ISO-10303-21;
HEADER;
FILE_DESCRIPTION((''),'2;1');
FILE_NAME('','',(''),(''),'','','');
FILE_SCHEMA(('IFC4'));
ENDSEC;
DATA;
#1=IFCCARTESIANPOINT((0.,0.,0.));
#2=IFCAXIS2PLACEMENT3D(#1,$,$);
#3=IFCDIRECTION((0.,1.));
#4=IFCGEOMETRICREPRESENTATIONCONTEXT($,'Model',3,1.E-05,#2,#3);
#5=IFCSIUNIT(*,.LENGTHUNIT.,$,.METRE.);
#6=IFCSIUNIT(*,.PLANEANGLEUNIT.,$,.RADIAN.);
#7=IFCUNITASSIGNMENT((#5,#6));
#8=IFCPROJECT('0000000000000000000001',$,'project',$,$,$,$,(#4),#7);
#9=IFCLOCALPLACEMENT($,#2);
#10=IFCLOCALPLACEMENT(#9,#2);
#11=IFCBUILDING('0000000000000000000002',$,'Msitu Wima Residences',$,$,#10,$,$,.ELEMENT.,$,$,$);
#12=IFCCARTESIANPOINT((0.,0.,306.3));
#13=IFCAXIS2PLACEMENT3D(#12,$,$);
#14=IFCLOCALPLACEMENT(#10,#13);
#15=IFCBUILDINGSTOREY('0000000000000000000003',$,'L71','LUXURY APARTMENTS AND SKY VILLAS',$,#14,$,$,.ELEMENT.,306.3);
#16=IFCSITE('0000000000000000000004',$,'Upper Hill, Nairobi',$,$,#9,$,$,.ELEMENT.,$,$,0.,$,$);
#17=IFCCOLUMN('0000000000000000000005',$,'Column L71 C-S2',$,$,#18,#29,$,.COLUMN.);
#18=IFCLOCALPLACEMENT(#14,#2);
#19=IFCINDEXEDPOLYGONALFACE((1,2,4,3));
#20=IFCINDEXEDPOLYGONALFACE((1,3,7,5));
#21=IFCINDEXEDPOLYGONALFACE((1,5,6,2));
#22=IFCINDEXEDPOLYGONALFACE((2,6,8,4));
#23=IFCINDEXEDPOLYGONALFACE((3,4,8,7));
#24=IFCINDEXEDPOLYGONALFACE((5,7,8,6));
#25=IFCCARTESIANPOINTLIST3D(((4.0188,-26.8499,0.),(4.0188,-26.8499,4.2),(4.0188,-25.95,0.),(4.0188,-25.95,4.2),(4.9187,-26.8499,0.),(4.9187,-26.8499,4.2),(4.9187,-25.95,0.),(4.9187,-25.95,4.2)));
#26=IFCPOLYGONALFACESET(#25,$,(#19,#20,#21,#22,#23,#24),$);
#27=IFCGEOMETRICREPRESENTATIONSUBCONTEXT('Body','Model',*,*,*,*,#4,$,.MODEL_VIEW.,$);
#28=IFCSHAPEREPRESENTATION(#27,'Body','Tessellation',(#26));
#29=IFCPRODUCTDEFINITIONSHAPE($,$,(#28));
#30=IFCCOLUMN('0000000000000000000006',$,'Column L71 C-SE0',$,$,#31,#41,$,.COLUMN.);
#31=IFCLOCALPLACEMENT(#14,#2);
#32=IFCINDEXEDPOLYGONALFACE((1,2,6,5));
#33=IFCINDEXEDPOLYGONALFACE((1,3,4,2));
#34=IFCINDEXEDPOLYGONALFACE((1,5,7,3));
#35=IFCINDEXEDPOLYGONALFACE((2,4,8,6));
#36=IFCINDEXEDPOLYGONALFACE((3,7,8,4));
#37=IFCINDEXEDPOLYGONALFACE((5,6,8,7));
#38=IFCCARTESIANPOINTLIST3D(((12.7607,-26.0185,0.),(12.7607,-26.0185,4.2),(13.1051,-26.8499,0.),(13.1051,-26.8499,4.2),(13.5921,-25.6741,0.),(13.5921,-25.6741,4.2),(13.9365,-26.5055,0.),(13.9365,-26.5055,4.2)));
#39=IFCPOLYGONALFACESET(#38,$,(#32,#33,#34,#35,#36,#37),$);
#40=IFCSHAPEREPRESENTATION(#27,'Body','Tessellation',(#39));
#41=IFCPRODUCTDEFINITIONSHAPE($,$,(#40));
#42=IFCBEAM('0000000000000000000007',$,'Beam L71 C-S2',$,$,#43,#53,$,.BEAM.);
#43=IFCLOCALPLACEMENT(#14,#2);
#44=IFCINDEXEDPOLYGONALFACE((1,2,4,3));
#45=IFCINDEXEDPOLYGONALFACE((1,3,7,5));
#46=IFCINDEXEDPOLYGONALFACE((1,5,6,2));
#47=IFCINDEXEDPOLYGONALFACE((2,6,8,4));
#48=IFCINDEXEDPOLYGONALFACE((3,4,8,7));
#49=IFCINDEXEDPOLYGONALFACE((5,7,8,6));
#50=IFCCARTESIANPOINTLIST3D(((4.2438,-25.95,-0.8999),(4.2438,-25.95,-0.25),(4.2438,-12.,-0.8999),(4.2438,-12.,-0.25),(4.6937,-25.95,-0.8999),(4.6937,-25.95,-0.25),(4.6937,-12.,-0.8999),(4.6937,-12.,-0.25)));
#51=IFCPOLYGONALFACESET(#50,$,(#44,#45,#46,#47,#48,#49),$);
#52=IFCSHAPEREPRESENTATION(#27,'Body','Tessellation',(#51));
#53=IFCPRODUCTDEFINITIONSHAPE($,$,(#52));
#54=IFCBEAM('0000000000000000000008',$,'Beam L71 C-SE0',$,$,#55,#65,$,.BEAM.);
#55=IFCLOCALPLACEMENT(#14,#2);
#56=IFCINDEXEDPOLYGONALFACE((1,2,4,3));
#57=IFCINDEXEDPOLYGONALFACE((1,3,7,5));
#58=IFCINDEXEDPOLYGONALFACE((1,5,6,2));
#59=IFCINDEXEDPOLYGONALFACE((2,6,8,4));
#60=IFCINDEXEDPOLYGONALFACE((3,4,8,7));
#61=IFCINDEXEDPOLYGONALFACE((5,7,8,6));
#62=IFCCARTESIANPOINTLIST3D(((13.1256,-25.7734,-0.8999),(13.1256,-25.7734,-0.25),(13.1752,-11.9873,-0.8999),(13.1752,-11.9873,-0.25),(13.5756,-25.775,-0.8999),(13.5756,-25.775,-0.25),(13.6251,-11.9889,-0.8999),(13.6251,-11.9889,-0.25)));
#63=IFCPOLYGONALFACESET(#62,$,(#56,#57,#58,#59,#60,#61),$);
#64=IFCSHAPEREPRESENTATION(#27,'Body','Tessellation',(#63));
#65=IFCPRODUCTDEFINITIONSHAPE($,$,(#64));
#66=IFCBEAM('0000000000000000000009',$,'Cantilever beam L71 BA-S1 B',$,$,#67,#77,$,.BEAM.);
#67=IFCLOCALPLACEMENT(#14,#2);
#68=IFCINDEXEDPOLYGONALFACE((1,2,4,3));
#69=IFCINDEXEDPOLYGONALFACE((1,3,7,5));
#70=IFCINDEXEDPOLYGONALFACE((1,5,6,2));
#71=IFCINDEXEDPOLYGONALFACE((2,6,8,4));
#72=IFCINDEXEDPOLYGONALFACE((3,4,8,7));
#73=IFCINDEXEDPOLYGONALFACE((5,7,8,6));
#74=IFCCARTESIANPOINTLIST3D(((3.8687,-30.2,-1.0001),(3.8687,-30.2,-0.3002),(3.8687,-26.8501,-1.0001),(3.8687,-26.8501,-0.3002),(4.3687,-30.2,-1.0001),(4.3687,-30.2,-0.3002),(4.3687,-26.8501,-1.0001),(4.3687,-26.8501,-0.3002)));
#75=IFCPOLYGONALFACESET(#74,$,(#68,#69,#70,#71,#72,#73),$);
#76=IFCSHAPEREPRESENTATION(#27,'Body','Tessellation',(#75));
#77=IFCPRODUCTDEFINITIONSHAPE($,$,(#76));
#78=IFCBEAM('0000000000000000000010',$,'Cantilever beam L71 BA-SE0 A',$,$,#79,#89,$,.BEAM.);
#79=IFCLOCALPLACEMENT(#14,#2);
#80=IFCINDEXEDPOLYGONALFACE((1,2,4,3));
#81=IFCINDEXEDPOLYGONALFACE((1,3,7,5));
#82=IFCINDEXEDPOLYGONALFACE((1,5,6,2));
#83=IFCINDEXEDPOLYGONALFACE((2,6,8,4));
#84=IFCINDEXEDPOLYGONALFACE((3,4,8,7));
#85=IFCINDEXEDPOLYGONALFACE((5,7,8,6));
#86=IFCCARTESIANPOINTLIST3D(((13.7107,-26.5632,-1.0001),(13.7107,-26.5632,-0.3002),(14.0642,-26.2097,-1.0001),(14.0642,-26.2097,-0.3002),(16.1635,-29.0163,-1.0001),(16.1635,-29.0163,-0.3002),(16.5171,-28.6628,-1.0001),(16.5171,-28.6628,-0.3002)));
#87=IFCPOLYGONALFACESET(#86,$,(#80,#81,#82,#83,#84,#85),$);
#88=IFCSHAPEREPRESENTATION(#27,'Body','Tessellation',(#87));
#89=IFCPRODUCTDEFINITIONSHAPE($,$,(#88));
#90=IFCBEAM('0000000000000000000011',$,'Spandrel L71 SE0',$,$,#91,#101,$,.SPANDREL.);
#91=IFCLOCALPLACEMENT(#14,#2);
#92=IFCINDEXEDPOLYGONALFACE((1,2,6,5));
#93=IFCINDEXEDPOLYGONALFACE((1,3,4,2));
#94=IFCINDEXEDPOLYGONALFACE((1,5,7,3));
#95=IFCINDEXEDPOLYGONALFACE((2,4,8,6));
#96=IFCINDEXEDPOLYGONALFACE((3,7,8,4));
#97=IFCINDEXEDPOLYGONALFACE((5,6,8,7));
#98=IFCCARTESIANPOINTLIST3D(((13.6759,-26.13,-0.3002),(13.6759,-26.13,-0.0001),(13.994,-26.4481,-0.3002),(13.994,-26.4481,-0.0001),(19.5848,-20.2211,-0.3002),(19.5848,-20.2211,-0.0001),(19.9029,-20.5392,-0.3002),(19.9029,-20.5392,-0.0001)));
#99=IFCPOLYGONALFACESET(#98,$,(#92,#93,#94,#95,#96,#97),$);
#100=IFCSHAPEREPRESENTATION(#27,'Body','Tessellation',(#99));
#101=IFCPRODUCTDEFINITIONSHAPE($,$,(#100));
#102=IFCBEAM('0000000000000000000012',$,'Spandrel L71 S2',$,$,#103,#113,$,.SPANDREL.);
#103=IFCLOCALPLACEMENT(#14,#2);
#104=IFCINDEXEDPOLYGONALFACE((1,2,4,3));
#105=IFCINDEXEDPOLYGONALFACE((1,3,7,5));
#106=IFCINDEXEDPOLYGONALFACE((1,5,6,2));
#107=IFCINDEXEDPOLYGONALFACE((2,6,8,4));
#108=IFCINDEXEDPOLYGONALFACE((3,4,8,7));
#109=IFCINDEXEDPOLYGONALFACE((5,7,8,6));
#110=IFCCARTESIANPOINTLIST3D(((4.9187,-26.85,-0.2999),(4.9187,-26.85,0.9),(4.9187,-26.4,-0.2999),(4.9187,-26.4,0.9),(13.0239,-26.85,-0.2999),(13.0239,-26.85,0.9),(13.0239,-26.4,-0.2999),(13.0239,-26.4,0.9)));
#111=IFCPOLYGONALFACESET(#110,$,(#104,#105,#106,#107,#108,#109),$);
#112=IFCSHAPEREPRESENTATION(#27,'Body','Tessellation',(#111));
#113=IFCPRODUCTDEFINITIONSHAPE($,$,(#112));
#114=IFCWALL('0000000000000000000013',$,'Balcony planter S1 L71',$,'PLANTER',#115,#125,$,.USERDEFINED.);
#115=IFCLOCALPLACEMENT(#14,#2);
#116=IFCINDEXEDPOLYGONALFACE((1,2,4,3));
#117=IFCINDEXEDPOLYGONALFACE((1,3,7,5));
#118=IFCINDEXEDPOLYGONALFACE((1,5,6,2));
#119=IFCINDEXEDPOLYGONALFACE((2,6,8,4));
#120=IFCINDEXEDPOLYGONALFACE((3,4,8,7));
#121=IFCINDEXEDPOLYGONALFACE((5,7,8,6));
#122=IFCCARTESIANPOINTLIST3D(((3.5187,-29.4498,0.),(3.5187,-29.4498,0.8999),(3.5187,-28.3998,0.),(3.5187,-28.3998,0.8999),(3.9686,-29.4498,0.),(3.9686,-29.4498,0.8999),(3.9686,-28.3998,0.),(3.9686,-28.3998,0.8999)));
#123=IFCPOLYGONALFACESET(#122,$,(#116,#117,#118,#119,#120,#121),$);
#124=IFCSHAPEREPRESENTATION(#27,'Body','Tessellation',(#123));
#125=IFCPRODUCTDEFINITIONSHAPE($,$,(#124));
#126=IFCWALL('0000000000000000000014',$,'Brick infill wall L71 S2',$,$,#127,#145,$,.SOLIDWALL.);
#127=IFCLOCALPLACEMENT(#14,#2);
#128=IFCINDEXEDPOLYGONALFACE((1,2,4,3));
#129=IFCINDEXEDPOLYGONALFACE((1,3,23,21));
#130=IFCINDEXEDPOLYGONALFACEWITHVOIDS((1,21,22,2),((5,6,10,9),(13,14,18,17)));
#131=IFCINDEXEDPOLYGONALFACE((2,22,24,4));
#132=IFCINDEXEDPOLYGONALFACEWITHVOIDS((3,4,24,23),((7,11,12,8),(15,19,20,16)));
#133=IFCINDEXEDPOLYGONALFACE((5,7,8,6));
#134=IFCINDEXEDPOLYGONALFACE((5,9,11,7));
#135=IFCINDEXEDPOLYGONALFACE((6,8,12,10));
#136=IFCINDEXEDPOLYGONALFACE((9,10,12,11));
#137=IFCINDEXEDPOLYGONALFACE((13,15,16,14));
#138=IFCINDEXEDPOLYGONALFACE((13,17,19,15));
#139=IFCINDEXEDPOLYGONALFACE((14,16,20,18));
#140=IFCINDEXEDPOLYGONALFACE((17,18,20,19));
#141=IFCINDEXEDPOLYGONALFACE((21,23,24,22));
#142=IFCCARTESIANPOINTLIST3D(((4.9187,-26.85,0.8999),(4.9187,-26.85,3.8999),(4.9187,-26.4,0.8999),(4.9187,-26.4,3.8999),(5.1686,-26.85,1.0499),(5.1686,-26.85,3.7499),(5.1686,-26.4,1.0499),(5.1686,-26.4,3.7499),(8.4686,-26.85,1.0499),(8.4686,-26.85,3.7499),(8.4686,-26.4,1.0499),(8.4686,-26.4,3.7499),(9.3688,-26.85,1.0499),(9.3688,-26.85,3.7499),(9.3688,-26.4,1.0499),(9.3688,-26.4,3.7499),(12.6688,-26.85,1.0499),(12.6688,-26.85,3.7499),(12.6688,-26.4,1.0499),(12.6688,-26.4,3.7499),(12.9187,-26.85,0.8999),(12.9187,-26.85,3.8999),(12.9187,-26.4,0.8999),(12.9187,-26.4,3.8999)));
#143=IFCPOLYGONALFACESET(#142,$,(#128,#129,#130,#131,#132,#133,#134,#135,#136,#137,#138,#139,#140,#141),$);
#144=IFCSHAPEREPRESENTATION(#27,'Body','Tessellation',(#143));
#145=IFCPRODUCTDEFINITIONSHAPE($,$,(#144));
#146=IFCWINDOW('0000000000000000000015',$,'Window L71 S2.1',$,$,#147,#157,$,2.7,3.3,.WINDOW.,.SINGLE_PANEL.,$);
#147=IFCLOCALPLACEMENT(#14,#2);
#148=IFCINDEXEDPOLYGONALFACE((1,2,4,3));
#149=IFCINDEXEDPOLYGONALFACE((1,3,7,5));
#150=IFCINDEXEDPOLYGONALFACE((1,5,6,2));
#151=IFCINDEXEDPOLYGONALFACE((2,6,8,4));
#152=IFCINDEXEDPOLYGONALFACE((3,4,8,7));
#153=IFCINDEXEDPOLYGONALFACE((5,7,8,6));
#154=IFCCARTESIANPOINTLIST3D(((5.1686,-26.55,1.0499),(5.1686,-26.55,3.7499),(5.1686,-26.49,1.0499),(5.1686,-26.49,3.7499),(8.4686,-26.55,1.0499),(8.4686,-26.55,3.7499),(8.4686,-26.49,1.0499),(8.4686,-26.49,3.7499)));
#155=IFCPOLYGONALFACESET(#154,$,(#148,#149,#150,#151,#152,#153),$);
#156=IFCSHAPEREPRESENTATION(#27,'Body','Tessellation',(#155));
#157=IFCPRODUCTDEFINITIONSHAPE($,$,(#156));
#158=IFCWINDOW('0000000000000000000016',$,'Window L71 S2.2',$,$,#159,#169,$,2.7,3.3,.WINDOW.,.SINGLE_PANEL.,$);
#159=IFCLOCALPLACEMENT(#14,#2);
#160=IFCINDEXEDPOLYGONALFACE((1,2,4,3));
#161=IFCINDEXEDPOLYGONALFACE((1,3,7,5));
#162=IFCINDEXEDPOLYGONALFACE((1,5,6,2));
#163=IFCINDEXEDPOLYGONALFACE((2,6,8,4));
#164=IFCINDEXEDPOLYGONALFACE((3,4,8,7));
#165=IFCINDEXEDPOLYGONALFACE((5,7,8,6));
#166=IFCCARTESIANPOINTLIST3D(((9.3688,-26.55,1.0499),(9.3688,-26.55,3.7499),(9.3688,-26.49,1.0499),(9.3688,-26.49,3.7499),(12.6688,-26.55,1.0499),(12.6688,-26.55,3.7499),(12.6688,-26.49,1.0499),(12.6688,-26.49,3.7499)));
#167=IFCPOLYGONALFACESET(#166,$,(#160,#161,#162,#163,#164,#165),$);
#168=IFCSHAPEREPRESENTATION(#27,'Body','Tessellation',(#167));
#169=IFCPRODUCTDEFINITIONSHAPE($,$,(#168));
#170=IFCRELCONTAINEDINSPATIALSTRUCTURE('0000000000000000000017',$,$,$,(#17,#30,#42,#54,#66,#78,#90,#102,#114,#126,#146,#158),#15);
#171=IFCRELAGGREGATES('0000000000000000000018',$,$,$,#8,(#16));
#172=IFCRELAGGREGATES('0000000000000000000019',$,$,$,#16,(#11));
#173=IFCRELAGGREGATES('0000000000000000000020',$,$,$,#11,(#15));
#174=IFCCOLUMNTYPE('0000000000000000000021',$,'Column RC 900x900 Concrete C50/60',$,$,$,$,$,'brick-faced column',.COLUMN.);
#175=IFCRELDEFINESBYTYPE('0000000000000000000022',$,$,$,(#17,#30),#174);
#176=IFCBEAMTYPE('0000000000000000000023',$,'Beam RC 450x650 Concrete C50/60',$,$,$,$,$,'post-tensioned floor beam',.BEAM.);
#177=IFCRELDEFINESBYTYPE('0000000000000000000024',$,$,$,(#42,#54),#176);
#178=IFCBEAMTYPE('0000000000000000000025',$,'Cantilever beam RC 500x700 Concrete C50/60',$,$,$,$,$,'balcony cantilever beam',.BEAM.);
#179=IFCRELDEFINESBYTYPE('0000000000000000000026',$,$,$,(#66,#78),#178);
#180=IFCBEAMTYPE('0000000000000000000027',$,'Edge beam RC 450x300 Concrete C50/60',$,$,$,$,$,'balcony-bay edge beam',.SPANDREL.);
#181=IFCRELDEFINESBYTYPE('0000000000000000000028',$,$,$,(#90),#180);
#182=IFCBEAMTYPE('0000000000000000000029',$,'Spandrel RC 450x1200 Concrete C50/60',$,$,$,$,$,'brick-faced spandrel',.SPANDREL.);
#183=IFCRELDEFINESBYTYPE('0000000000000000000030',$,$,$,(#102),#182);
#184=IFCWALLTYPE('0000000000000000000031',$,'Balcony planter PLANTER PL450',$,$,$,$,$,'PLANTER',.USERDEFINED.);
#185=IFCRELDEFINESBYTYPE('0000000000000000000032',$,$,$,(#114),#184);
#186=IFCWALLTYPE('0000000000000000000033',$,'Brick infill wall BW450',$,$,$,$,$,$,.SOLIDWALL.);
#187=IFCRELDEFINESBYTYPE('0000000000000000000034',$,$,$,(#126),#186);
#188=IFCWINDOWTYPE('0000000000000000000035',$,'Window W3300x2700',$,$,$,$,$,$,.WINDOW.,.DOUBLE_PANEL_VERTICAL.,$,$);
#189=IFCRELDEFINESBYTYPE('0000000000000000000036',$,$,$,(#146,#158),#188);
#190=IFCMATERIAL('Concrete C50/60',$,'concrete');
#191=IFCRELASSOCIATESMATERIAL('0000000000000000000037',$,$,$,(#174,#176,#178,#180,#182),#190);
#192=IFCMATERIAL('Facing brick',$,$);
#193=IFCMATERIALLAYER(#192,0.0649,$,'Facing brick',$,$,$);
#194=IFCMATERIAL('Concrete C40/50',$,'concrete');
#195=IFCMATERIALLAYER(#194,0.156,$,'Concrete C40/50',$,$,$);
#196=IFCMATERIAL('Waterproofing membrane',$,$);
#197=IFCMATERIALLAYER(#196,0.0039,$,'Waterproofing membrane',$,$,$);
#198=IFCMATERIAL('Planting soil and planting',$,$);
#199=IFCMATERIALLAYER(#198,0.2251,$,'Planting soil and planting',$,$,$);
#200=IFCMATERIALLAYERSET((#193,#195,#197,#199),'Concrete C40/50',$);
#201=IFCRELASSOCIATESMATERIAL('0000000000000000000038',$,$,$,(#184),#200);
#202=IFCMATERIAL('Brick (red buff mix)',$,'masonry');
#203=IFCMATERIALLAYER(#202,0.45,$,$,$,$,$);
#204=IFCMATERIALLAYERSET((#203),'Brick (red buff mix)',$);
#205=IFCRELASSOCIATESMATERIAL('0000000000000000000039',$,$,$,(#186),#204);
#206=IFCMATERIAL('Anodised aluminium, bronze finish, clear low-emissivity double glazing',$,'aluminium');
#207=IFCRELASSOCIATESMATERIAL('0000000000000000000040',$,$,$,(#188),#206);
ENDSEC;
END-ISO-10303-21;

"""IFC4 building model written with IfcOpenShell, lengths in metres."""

from ifc_helpers import new_model, si_unit, direction, frame, frame_2d, origin, origin_2d, place, context, subcontext, project, spatial, rectangle, extrude, material, layer, layer_set, material_profile, profile_set, type_object, element, fill, save


model = new_model("IFC4")

# Units and contexts
model_context = context("Model", 3, precision=1e-05, world=origin(), true_north=direction((0.0, 1.0)))
body_context = subcontext(model_context, "Body", "Model", "MODEL_VIEW")
ifc_project = project(units=[si_unit("LENGTHUNIT", "METRE"), si_unit("PLANEANGLEUNIT", "RADIAN")], contexts=[model_context])

# Site, building, storey
site_placement = place(None, origin())
site = spatial("IfcSite", under=ifc_project, at=site_placement, Name="Upper Hill, Nairobi", CompositionType="ELEMENT", RefElevation=0.0)
building_placement = place(site_placement, origin())
building = spatial("IfcBuilding", under=site, at=building_placement, Name="Msitu Wima Residences", CompositionType="ELEMENT")
storey_placement = place(building_placement, frame((0.0, 0.0, 306.3)))
storey = spatial("IfcBuildingStorey", under=building, at=storey_placement, Name="L71", Description="LUXURY APARTMENTS AND SKY VILLAS", CompositionType="ELEMENT", Elevation=306.3)

# Columns
ifc_material_1 = material(Name="Concrete C50/60", Category="concrete")
ifc_material_profile_1 = material_profile(ifc_material_1, rectangle(XDim=0.8999, YDim=0.8999, at=origin_2d()), Name="RC 900x900")
ifc_profile_set_1 = profile_set([ifc_material_profile_1], Name="Concrete C50/60")
column_type = type_object("IfcColumnType", Name="Column RC 900x900 Concrete C50/60", ElementType="brick-faced column", PredefinedType="COLUMN", material=ifc_profile_set_1)
for number, where, z_axis, x_axis, name in (
    (1, (4.4688, -26.3999, 0.0), (0.0, 0.0, 1.0), (1.0, 0.0, 0.0), "Column L71 C-S2"),
    (2, (13.3486, -26.262, 0.0), (0.0, 0.0, 1.0), (0.92388, 0.382683, 0.0), "Column L71 C-SE0"),
):
    element("IfcColumn", number, at=place(storey_placement, frame(where, z_axis=z_axis, x_axis=x_axis)), inside=storey, type_object=column_type, Name=name, PredefinedType="COLUMN", context=body_context, shape_type="SweptSolid", body=[
        extrude(rectangle(XDim=0.8999, YDim=0.8999, at=origin_2d()), origin(), (0.0, 0.0, 1.0), 4.2),
    ])

# Beams
ifc_material_profile_2 = material_profile(ifc_material_1, rectangle(XDim=0.45, YDim=0.6499, at=origin_2d()), Name="RC 450x650")
ifc_profile_set_2 = profile_set([ifc_material_profile_2], Name="Concrete C50/60")
beam_type_1 = type_object("IfcBeamType", Name="Beam RC 450x650 Concrete C50/60", ElementType="post-tensioned floor beam", PredefinedType="BEAM", material=ifc_profile_set_2)
beam_1_placement = place(storey_placement, frame((4.4688, -25.95, -0.575), z_axis=(0.0, 1.0, 0.0), x_axis=(-1.0, 0.0, 0.0)))
element("IfcBeam", 3, at=beam_1_placement, inside=storey, type_object=beam_type_1, Name="Beam L71 C-S2", PredefinedType="BEAM", context=body_context, shape_type="SweptSolid", body=[
    extrude(rectangle(XDim=0.45, YDim=0.6499, at=origin_2d()), origin(), (0.0, 0.0, 1.0), 13.95),
])
beam_2_placement = place(storey_placement, frame((13.3506, -25.7742, -0.575), z_axis=(0.003595, 0.999994, 0.0), x_axis=(-0.999994, 0.003595, 0.0)))
element("IfcBeam", 4, at=beam_2_placement, inside=storey, type_object=beam_type_1, Name="Beam L71 C-SE0", PredefinedType="BEAM", context=body_context, shape_type="SweptSolid", body=[
    extrude(rectangle(XDim=0.45, YDim=0.6499, at=origin_2d()), origin(), (0.0, 0.0, 1.0), 13.7861),
])
ifc_material_profile_3 = material_profile(ifc_material_1, rectangle(XDim=0.5, YDim=0.7, at=origin_2d()), Name="RC 500x700")
ifc_profile_set_3 = profile_set([ifc_material_profile_3], Name="Concrete C50/60")
beam_type_2 = type_object("IfcBeamType", Name="Cantilever beam RC 500x700 Concrete C50/60", ElementType="balcony cantilever beam", PredefinedType="BEAM", material=ifc_profile_set_3)
beam_3_placement = place(storey_placement, frame((4.1187, -26.8501, -0.6501), z_axis=(0.0, -1.0, 0.0), x_axis=(1.0, 0.0, 0.0)))
element("IfcBeam", 5, at=beam_3_placement, inside=storey, type_object=beam_type_2, Name="Cantilever beam L71 BA-S1 B", PredefinedType="BEAM", context=body_context, shape_type="SweptSolid", body=[
    extrude(rectangle(XDim=0.5, YDim=0.7, at=origin_2d()), origin(), (0.0, 0.0, 1.0), 3.3499),
])
beam_4_placement = place(storey_placement, frame((13.8875, -26.3865, -0.6501), z_axis=(0.707072, -0.707142, 0.0), x_axis=(0.707142, 0.707072, 0.0)))
element("IfcBeam", 6, at=beam_4_placement, inside=storey, type_object=beam_type_2, Name="Cantilever beam L71 BA-SE0 A", PredefinedType="BEAM", context=body_context, shape_type="SweptSolid", body=[
    extrude(rectangle(XDim=0.5, YDim=0.7, at=origin_2d()), origin(), (0.0, 0.0, 1.0), 3.469),
])
ifc_material_profile_4 = material_profile(ifc_material_1, rectangle(XDim=0.45, YDim=0.3, at=origin_2d()), Name="RC 450x300")
ifc_profile_set_4 = profile_set([ifc_material_profile_4], Name="Concrete C50/60")
beam_type_3 = type_object("IfcBeamType", Name="Edge beam RC 450x300 Concrete C50/60", ElementType="balcony-bay edge beam", PredefinedType="SPANDREL", material=ifc_profile_set_4)
beam_5_placement = place(storey_placement, frame((13.835, -26.2891, -0.1501), z_axis=(0.707107, 0.707107, 0.0), x_axis=(-0.707107, 0.707107, 0.0)))
element("IfcBeam", 7, at=beam_5_placement, inside=storey, type_object=beam_type_3, Name="Spandrel L71 SE0", PredefinedType="SPANDREL", context=body_context, shape_type="SweptSolid", body=[
    extrude(rectangle(XDim=0.45, YDim=0.3, at=origin_2d()), origin(), (0.0, 0.0, 1.0), 8.3564),
])
ifc_material_profile_5 = material_profile(ifc_material_1, rectangle(XDim=0.45, YDim=1.2, at=origin_2d()), Name="RC 450x1200")
ifc_profile_set_5 = profile_set([ifc_material_profile_5], Name="Concrete C50/60")
beam_type_4 = type_object("IfcBeamType", Name="Spandrel RC 450x1200 Concrete C50/60", ElementType="brick-faced spandrel", PredefinedType="SPANDREL", material=ifc_profile_set_5)
beam_6_placement = place(storey_placement, frame((4.9187, -26.625, 0.3), z_axis=(1.0, 0.0, 0.0), x_axis=(0.0, 1.0, 0.0)))
element("IfcBeam", 8, at=beam_6_placement, inside=storey, type_object=beam_type_4, Name="Spandrel L71 S2", PredefinedType="SPANDREL", context=body_context, shape_type="SweptSolid", body=[
    extrude(rectangle(XDim=0.45, YDim=1.2, at=origin_2d()), origin(), (0.0, 0.0, 1.0), 8.1052),
])

# Wall
ifc_material_2 = material(Name="Facing brick")
ifc_layer_1 = layer(ifc_material_2, 0.0649, Name="Facing brick")
ifc_material_3 = material(Name="Concrete C40/50", Category="concrete")
ifc_layer_2 = layer(ifc_material_3, 0.156, Name="Concrete C40/50")
ifc_material_4 = material(Name="Waterproofing membrane")
ifc_layer_3 = layer(ifc_material_4, 0.0039, Name="Waterproofing membrane")
ifc_material_5 = material(Name="Planting soil and planting")
ifc_layer_4 = layer(ifc_material_5, 0.2251, Name="Planting soil and planting")
ifc_layer_set_1 = layer_set([ifc_layer_1, ifc_layer_2, ifc_layer_3, ifc_layer_4], Name="Concrete C40/50")
wall_type_1 = type_object("IfcWallType", Name="Balcony planter PLANTER PL450", ElementType="PLANTER", PredefinedType="USERDEFINED", material=ifc_layer_set_1)
wall_1_placement = place(storey_placement, frame((3.7437, -28.3999, 0.0), z_axis=(0.0, 0.0, 1.0), x_axis=(0.0, -1.0, 0.0)))
element("IfcWall", 9, at=wall_1_placement, inside=storey, type_object=wall_type_1, Name="Balcony planter S1 L71", ObjectType="PLANTER", PredefinedType="USERDEFINED", context=body_context, shape_type="SweptSolid", body=[
    extrude(rectangle(XDim=1.05, YDim=0.45, at=frame_2d((0.5249, 0.0))), origin(), (0.0, 0.0, 1.0), 0.8999),
])

# Wall, openings, windows
ifc_material_6 = material(Name="Brick (red buff mix)", Category="masonry")
ifc_layer_5 = layer(ifc_material_6, 0.45)
ifc_layer_set_2 = layer_set([ifc_layer_5], Name="Brick (red buff mix)")
wall_type_2 = type_object("IfcWallType", Name="Brick infill wall BW450", PredefinedType="SOLIDWALL", material=ifc_layer_set_2)
wall_2_placement = place(storey_placement, frame((4.9187, -26.625, 0.8999), z_axis=(0.0, 0.0, 1.0), x_axis=(1.0, 0.0, 0.0)))
wall_2 = element("IfcWall", 10, at=wall_2_placement, inside=storey, type_object=wall_type_2, Name="Brick infill wall L71 S2", PredefinedType="SOLIDWALL", context=body_context, shape_type="SweptSolid", body=[
    extrude(rectangle(XDim=8.0, YDim=0.45, at=frame_2d((4.0, 0.0))), origin(), (0.0, 0.0, 1.0), 3.0),
])
opening_1_placement = place(wall_2_placement, frame((0.25, 0.0, 0.1499)))
opening_1 = element("IfcOpeningElement", 11, at=opening_1_placement, cuts=wall_2, PredefinedType="OPENING", context=body_context, shape_type="SweptSolid", body=[
    extrude(rectangle(XDim=3.3, YDim=2.7, at=frame_2d((1.6499, 1.3501))), frame((0.0, 0.2349, 0.0), z_axis=(0.0, -1.0, 0.0), x_axis=(1.0, 0.0, 0.0)), (0.0, 0.0, 1.0), 0.47),
])
opening_2_placement = place(wall_2_placement, frame((4.4502, 0.0, 0.1499)))
opening_2 = element("IfcOpeningElement", 12, at=opening_2_placement, cuts=wall_2, PredefinedType="OPENING", context=body_context, shape_type="SweptSolid", body=[
    extrude(rectangle(XDim=3.3, YDim=2.7, at=frame_2d((1.6499, 1.3501))), frame((0.0, 0.2349, 0.0), z_axis=(0.0, -1.0, 0.0), x_axis=(1.0, 0.0, 0.0)), (0.0, 0.0, 1.0), 0.47),
])
ifc_material_7 = material(Name="Anodised aluminium, bronze finish, clear low-emissivity double glazing", Category="aluminium")
window_type = type_object("IfcWindowType", Name="Window W3300x2700", PartitioningType="DOUBLE_PANEL_VERTICAL", PredefinedType="WINDOW", material=ifc_material_7)
window_1_placement = place(opening_1_placement, origin())
window_1 = element("IfcWindow", 13, at=window_1_placement, inside=storey, type_object=window_type, Name="Window L71 S2.1", OverallHeight=2.7, OverallWidth=3.3, PartitioningType="SINGLE_PANEL", PredefinedType="WINDOW", context=body_context, shape_type="SweptSolid", body=[
    extrude(rectangle(XDim=3.3, YDim=2.7, at=frame_2d((1.6499, 1.3501))), frame((0.0, 0.135, 0.0), z_axis=(0.0, -1.0, 0.0), x_axis=(1.0, 0.0, 0.0)), (0.0, 0.0, 1.0), 0.0601),
])
fill(opening_1, window_1)
window_2_placement = place(opening_2_placement, origin())
window_2 = element("IfcWindow", 14, at=window_2_placement, inside=storey, type_object=window_type, Name="Window L71 S2.2", OverallHeight=2.7, OverallWidth=3.3, PartitioningType="SINGLE_PANEL", PredefinedType="WINDOW", context=body_context, shape_type="SweptSolid", body=[
    extrude(rectangle(XDim=3.3, YDim=2.7, at=frame_2d((1.6499, 1.3501))), frame((0.0, 0.135, 0.0), z_axis=(0.0, -1.0, 0.0), x_axis=(1.0, 0.0, 0.0)), (0.0, 0.0, 1.0), 0.0601),
])
fill(opening_2, window_2)

save(model, "model.ifc")
